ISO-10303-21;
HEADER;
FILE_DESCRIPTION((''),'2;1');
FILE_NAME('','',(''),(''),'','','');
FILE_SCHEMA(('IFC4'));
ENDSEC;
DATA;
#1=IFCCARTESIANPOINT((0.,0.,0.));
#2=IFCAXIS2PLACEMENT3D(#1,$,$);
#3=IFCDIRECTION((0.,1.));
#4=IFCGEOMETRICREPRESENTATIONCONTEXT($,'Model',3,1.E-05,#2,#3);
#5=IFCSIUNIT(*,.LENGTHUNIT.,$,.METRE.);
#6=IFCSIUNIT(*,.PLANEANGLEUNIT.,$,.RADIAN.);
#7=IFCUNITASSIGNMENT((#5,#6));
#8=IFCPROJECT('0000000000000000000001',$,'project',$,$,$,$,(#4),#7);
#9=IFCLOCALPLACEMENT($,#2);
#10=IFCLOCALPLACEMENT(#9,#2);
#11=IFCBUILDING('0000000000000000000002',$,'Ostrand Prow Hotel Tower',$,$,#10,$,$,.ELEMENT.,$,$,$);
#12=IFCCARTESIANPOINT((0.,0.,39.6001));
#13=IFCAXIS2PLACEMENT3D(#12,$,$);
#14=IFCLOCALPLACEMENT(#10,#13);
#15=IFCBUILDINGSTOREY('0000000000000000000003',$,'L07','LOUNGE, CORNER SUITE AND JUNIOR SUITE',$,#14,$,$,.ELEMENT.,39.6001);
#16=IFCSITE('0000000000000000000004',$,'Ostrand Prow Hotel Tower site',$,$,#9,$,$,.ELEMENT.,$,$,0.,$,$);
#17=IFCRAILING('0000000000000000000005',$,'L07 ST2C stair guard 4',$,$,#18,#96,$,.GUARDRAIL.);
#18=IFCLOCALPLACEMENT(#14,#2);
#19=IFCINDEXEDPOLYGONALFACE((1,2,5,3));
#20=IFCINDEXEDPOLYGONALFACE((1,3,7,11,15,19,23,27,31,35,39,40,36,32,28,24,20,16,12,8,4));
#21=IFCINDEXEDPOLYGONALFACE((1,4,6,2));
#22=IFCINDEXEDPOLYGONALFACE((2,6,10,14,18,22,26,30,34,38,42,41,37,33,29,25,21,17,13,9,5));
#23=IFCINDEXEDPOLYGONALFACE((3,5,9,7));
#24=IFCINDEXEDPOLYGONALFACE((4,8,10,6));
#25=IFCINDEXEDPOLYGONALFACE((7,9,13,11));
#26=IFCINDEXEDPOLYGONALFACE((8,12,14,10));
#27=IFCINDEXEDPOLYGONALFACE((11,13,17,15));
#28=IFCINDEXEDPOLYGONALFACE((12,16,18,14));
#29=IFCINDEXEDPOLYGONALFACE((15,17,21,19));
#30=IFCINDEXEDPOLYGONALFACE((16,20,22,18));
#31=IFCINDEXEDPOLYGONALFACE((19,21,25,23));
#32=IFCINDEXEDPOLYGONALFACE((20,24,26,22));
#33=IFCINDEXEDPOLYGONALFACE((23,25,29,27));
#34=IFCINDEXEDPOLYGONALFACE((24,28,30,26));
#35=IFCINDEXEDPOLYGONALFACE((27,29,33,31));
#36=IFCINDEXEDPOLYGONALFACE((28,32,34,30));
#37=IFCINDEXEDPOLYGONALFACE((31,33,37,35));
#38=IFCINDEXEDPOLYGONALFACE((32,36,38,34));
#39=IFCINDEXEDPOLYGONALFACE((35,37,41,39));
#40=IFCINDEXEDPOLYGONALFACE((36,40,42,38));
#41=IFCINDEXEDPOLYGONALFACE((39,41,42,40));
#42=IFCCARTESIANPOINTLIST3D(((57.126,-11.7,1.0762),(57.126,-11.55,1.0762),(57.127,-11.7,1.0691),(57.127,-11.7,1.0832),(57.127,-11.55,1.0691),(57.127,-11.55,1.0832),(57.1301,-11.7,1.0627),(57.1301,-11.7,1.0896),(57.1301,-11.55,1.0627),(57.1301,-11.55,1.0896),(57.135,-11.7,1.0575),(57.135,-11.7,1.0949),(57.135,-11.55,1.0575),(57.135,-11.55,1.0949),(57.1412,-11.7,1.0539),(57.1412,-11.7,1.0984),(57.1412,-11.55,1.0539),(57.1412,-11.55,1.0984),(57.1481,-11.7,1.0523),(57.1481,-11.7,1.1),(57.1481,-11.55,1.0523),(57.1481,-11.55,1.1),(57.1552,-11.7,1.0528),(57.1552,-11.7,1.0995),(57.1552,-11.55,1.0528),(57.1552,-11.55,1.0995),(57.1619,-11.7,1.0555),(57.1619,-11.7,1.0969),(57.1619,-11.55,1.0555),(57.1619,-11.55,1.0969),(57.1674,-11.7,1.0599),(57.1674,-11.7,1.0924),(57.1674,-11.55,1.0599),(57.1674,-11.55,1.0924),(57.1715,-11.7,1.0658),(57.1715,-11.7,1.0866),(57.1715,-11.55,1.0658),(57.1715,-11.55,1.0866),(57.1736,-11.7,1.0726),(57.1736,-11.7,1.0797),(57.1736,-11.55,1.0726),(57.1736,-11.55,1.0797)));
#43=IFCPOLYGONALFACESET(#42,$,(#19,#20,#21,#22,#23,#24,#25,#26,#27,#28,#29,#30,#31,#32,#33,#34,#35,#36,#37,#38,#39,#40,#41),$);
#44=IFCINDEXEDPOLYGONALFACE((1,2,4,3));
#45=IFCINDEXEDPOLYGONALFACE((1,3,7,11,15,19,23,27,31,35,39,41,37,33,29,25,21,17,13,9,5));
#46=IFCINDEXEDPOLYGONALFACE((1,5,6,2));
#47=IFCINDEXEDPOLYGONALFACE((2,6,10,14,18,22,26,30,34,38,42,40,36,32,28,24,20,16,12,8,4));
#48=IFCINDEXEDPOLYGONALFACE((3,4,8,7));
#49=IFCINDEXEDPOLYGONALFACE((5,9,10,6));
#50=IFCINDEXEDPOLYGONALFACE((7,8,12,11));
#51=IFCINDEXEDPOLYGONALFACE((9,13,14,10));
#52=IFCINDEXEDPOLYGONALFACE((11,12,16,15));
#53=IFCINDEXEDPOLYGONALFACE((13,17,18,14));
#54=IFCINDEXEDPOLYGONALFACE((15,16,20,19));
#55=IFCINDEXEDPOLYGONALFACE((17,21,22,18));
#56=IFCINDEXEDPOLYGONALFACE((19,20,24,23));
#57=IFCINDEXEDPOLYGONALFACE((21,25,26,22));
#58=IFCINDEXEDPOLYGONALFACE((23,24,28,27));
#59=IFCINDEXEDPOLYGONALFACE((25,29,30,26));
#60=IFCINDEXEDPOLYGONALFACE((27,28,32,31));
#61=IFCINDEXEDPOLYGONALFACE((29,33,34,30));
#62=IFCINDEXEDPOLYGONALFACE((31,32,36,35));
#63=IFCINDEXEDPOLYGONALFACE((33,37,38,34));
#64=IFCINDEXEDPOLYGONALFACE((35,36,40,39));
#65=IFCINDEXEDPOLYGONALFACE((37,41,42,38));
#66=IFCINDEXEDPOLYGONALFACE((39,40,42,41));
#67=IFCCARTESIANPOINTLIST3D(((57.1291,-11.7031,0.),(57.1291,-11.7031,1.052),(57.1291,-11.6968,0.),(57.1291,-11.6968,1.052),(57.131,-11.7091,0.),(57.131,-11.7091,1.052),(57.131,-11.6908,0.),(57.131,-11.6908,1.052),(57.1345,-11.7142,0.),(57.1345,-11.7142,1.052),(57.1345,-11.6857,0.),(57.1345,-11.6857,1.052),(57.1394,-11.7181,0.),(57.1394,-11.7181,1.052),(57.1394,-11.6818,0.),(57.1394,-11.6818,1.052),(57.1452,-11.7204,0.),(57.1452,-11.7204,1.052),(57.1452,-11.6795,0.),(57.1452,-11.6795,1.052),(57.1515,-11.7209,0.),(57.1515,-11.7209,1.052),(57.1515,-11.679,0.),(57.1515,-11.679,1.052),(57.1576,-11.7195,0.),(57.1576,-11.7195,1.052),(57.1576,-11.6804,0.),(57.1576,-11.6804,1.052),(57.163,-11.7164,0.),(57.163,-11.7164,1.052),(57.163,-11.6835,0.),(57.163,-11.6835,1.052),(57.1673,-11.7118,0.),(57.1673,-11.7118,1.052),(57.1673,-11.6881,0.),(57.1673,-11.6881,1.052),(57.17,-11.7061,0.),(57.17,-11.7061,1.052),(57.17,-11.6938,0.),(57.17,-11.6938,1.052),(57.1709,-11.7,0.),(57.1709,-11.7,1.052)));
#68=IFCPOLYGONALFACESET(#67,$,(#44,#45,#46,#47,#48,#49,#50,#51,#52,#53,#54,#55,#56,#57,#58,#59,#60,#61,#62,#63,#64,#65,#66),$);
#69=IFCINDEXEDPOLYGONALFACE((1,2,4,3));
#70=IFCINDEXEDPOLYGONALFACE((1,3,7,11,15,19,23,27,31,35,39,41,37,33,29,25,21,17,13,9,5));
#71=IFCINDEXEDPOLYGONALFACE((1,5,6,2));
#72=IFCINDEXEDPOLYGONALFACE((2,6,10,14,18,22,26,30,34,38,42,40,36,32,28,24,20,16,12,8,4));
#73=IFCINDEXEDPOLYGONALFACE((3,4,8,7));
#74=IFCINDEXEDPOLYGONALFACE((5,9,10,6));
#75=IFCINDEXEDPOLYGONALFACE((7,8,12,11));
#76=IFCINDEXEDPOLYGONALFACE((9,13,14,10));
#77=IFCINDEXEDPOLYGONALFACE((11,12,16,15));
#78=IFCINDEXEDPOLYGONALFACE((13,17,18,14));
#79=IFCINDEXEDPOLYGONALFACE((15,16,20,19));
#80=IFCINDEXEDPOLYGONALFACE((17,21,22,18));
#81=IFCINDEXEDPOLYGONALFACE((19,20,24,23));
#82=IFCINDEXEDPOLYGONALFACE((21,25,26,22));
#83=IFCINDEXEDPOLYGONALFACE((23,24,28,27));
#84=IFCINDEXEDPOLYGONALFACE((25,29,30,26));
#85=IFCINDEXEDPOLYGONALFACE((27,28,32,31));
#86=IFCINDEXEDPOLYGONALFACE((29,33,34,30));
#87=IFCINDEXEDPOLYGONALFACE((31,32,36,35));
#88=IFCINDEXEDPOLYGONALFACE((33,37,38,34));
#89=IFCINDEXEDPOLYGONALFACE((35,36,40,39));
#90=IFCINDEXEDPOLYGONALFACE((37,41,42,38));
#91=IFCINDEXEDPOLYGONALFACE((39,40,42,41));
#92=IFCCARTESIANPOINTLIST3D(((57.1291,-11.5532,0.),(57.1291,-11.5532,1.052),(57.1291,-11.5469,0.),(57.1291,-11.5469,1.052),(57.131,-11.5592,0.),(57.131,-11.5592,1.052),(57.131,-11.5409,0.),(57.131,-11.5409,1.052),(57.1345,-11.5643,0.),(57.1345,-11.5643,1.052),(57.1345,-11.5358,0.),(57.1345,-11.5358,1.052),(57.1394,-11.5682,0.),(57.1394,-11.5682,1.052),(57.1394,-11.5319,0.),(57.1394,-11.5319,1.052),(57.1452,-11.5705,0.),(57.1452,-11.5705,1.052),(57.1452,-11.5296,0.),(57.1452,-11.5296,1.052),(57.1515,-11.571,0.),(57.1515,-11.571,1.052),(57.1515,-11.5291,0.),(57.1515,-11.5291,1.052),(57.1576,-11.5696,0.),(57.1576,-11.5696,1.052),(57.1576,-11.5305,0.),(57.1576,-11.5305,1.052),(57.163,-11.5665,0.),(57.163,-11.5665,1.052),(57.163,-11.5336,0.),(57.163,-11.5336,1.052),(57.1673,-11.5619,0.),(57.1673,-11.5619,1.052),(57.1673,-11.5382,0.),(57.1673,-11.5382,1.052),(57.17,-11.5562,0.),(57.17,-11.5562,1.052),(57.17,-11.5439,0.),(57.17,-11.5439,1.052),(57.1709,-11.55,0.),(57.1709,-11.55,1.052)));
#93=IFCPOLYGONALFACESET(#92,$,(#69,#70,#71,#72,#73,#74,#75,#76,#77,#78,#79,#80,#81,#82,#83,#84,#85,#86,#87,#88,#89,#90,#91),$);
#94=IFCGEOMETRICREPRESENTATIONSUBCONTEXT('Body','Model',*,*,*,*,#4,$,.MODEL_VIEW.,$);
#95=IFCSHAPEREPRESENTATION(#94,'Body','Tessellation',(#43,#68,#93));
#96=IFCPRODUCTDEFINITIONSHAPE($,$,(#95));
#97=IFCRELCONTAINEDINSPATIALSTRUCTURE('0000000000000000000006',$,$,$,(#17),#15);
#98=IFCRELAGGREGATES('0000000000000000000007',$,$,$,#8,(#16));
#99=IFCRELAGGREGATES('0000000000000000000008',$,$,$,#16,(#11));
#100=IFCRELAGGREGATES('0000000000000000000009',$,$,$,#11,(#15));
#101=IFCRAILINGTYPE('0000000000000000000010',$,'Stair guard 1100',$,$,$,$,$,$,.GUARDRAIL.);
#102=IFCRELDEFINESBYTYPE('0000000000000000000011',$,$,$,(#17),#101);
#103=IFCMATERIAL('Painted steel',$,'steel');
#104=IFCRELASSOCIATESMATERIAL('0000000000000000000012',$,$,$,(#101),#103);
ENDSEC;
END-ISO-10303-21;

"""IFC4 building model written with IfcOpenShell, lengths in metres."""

from ifc_helpers import new_model, si_unit, direction, frame, origin, origin_2d, place, context, subcontext, project, spatial, circle, extrude, material, type_object, element, save


model = new_model("IFC4")

# Units and contexts
model_context = context("Model", 3, precision=1e-05, world=origin(), true_north=direction((0.0, 1.0)))
body_context = subcontext(model_context, "Body", "Model", "MODEL_VIEW")
ifc_project = project(units=[si_unit("LENGTHUNIT", "METRE"), si_unit("PLANEANGLEUNIT", "RADIAN")], contexts=[model_context])

# Site, building, storey
site_placement = place(None, origin())
site = spatial("IfcSite", under=ifc_project, at=site_placement, Name="Ostrand Prow Hotel Tower site", CompositionType="ELEMENT", RefElevation=0.0)
building_placement = place(site_placement, origin())
building = spatial("IfcBuilding", under=site, at=building_placement, Name="Ostrand Prow Hotel Tower", CompositionType="ELEMENT")
storey_placement = place(building_placement, frame((0.0, 0.0, 39.6001)))
storey = spatial("IfcBuildingStorey", under=building, at=storey_placement, Name="L07", Description="LOUNGE, CORNER SUITE AND JUNIOR SUITE", CompositionType="ELEMENT", Elevation=39.6001)

# Railing
ifc_material_1 = material(Name="Painted steel", Category="steel")
railing_type = type_object("IfcRailingType", Name="Stair guard 1100", PredefinedType="GUARDRAIL", material=ifc_material_1)
railing_placement = place(storey_placement, frame((57.1499, -11.7, 0.0)))
element("IfcRailing", 1, at=railing_placement, inside=storey, type_object=railing_type, Name="L07 ST2C stair guard 4", PredefinedType="GUARDRAIL", context=body_context, shape_type="SweptSolid", body=[
    extrude(circle(Radius=0.0239, at=origin_2d()), frame((0.0, 0.0, 1.0762), z_axis=(0.0, 1.0, 0.0), x_axis=(-1.0, 0.0, 0.0)), (0.0, 0.0, 1.0), 0.1499),
    extrude(circle(Radius=0.021, at=origin_2d()), origin(), (0.0, 0.0, 1.0), 1.052),
    extrude(circle(Radius=0.021, at=origin_2d()), frame((0.0, 0.1499, 0.0)), (0.0, 0.0, 1.0), 1.052),
])

save(model, "model.ifc")
